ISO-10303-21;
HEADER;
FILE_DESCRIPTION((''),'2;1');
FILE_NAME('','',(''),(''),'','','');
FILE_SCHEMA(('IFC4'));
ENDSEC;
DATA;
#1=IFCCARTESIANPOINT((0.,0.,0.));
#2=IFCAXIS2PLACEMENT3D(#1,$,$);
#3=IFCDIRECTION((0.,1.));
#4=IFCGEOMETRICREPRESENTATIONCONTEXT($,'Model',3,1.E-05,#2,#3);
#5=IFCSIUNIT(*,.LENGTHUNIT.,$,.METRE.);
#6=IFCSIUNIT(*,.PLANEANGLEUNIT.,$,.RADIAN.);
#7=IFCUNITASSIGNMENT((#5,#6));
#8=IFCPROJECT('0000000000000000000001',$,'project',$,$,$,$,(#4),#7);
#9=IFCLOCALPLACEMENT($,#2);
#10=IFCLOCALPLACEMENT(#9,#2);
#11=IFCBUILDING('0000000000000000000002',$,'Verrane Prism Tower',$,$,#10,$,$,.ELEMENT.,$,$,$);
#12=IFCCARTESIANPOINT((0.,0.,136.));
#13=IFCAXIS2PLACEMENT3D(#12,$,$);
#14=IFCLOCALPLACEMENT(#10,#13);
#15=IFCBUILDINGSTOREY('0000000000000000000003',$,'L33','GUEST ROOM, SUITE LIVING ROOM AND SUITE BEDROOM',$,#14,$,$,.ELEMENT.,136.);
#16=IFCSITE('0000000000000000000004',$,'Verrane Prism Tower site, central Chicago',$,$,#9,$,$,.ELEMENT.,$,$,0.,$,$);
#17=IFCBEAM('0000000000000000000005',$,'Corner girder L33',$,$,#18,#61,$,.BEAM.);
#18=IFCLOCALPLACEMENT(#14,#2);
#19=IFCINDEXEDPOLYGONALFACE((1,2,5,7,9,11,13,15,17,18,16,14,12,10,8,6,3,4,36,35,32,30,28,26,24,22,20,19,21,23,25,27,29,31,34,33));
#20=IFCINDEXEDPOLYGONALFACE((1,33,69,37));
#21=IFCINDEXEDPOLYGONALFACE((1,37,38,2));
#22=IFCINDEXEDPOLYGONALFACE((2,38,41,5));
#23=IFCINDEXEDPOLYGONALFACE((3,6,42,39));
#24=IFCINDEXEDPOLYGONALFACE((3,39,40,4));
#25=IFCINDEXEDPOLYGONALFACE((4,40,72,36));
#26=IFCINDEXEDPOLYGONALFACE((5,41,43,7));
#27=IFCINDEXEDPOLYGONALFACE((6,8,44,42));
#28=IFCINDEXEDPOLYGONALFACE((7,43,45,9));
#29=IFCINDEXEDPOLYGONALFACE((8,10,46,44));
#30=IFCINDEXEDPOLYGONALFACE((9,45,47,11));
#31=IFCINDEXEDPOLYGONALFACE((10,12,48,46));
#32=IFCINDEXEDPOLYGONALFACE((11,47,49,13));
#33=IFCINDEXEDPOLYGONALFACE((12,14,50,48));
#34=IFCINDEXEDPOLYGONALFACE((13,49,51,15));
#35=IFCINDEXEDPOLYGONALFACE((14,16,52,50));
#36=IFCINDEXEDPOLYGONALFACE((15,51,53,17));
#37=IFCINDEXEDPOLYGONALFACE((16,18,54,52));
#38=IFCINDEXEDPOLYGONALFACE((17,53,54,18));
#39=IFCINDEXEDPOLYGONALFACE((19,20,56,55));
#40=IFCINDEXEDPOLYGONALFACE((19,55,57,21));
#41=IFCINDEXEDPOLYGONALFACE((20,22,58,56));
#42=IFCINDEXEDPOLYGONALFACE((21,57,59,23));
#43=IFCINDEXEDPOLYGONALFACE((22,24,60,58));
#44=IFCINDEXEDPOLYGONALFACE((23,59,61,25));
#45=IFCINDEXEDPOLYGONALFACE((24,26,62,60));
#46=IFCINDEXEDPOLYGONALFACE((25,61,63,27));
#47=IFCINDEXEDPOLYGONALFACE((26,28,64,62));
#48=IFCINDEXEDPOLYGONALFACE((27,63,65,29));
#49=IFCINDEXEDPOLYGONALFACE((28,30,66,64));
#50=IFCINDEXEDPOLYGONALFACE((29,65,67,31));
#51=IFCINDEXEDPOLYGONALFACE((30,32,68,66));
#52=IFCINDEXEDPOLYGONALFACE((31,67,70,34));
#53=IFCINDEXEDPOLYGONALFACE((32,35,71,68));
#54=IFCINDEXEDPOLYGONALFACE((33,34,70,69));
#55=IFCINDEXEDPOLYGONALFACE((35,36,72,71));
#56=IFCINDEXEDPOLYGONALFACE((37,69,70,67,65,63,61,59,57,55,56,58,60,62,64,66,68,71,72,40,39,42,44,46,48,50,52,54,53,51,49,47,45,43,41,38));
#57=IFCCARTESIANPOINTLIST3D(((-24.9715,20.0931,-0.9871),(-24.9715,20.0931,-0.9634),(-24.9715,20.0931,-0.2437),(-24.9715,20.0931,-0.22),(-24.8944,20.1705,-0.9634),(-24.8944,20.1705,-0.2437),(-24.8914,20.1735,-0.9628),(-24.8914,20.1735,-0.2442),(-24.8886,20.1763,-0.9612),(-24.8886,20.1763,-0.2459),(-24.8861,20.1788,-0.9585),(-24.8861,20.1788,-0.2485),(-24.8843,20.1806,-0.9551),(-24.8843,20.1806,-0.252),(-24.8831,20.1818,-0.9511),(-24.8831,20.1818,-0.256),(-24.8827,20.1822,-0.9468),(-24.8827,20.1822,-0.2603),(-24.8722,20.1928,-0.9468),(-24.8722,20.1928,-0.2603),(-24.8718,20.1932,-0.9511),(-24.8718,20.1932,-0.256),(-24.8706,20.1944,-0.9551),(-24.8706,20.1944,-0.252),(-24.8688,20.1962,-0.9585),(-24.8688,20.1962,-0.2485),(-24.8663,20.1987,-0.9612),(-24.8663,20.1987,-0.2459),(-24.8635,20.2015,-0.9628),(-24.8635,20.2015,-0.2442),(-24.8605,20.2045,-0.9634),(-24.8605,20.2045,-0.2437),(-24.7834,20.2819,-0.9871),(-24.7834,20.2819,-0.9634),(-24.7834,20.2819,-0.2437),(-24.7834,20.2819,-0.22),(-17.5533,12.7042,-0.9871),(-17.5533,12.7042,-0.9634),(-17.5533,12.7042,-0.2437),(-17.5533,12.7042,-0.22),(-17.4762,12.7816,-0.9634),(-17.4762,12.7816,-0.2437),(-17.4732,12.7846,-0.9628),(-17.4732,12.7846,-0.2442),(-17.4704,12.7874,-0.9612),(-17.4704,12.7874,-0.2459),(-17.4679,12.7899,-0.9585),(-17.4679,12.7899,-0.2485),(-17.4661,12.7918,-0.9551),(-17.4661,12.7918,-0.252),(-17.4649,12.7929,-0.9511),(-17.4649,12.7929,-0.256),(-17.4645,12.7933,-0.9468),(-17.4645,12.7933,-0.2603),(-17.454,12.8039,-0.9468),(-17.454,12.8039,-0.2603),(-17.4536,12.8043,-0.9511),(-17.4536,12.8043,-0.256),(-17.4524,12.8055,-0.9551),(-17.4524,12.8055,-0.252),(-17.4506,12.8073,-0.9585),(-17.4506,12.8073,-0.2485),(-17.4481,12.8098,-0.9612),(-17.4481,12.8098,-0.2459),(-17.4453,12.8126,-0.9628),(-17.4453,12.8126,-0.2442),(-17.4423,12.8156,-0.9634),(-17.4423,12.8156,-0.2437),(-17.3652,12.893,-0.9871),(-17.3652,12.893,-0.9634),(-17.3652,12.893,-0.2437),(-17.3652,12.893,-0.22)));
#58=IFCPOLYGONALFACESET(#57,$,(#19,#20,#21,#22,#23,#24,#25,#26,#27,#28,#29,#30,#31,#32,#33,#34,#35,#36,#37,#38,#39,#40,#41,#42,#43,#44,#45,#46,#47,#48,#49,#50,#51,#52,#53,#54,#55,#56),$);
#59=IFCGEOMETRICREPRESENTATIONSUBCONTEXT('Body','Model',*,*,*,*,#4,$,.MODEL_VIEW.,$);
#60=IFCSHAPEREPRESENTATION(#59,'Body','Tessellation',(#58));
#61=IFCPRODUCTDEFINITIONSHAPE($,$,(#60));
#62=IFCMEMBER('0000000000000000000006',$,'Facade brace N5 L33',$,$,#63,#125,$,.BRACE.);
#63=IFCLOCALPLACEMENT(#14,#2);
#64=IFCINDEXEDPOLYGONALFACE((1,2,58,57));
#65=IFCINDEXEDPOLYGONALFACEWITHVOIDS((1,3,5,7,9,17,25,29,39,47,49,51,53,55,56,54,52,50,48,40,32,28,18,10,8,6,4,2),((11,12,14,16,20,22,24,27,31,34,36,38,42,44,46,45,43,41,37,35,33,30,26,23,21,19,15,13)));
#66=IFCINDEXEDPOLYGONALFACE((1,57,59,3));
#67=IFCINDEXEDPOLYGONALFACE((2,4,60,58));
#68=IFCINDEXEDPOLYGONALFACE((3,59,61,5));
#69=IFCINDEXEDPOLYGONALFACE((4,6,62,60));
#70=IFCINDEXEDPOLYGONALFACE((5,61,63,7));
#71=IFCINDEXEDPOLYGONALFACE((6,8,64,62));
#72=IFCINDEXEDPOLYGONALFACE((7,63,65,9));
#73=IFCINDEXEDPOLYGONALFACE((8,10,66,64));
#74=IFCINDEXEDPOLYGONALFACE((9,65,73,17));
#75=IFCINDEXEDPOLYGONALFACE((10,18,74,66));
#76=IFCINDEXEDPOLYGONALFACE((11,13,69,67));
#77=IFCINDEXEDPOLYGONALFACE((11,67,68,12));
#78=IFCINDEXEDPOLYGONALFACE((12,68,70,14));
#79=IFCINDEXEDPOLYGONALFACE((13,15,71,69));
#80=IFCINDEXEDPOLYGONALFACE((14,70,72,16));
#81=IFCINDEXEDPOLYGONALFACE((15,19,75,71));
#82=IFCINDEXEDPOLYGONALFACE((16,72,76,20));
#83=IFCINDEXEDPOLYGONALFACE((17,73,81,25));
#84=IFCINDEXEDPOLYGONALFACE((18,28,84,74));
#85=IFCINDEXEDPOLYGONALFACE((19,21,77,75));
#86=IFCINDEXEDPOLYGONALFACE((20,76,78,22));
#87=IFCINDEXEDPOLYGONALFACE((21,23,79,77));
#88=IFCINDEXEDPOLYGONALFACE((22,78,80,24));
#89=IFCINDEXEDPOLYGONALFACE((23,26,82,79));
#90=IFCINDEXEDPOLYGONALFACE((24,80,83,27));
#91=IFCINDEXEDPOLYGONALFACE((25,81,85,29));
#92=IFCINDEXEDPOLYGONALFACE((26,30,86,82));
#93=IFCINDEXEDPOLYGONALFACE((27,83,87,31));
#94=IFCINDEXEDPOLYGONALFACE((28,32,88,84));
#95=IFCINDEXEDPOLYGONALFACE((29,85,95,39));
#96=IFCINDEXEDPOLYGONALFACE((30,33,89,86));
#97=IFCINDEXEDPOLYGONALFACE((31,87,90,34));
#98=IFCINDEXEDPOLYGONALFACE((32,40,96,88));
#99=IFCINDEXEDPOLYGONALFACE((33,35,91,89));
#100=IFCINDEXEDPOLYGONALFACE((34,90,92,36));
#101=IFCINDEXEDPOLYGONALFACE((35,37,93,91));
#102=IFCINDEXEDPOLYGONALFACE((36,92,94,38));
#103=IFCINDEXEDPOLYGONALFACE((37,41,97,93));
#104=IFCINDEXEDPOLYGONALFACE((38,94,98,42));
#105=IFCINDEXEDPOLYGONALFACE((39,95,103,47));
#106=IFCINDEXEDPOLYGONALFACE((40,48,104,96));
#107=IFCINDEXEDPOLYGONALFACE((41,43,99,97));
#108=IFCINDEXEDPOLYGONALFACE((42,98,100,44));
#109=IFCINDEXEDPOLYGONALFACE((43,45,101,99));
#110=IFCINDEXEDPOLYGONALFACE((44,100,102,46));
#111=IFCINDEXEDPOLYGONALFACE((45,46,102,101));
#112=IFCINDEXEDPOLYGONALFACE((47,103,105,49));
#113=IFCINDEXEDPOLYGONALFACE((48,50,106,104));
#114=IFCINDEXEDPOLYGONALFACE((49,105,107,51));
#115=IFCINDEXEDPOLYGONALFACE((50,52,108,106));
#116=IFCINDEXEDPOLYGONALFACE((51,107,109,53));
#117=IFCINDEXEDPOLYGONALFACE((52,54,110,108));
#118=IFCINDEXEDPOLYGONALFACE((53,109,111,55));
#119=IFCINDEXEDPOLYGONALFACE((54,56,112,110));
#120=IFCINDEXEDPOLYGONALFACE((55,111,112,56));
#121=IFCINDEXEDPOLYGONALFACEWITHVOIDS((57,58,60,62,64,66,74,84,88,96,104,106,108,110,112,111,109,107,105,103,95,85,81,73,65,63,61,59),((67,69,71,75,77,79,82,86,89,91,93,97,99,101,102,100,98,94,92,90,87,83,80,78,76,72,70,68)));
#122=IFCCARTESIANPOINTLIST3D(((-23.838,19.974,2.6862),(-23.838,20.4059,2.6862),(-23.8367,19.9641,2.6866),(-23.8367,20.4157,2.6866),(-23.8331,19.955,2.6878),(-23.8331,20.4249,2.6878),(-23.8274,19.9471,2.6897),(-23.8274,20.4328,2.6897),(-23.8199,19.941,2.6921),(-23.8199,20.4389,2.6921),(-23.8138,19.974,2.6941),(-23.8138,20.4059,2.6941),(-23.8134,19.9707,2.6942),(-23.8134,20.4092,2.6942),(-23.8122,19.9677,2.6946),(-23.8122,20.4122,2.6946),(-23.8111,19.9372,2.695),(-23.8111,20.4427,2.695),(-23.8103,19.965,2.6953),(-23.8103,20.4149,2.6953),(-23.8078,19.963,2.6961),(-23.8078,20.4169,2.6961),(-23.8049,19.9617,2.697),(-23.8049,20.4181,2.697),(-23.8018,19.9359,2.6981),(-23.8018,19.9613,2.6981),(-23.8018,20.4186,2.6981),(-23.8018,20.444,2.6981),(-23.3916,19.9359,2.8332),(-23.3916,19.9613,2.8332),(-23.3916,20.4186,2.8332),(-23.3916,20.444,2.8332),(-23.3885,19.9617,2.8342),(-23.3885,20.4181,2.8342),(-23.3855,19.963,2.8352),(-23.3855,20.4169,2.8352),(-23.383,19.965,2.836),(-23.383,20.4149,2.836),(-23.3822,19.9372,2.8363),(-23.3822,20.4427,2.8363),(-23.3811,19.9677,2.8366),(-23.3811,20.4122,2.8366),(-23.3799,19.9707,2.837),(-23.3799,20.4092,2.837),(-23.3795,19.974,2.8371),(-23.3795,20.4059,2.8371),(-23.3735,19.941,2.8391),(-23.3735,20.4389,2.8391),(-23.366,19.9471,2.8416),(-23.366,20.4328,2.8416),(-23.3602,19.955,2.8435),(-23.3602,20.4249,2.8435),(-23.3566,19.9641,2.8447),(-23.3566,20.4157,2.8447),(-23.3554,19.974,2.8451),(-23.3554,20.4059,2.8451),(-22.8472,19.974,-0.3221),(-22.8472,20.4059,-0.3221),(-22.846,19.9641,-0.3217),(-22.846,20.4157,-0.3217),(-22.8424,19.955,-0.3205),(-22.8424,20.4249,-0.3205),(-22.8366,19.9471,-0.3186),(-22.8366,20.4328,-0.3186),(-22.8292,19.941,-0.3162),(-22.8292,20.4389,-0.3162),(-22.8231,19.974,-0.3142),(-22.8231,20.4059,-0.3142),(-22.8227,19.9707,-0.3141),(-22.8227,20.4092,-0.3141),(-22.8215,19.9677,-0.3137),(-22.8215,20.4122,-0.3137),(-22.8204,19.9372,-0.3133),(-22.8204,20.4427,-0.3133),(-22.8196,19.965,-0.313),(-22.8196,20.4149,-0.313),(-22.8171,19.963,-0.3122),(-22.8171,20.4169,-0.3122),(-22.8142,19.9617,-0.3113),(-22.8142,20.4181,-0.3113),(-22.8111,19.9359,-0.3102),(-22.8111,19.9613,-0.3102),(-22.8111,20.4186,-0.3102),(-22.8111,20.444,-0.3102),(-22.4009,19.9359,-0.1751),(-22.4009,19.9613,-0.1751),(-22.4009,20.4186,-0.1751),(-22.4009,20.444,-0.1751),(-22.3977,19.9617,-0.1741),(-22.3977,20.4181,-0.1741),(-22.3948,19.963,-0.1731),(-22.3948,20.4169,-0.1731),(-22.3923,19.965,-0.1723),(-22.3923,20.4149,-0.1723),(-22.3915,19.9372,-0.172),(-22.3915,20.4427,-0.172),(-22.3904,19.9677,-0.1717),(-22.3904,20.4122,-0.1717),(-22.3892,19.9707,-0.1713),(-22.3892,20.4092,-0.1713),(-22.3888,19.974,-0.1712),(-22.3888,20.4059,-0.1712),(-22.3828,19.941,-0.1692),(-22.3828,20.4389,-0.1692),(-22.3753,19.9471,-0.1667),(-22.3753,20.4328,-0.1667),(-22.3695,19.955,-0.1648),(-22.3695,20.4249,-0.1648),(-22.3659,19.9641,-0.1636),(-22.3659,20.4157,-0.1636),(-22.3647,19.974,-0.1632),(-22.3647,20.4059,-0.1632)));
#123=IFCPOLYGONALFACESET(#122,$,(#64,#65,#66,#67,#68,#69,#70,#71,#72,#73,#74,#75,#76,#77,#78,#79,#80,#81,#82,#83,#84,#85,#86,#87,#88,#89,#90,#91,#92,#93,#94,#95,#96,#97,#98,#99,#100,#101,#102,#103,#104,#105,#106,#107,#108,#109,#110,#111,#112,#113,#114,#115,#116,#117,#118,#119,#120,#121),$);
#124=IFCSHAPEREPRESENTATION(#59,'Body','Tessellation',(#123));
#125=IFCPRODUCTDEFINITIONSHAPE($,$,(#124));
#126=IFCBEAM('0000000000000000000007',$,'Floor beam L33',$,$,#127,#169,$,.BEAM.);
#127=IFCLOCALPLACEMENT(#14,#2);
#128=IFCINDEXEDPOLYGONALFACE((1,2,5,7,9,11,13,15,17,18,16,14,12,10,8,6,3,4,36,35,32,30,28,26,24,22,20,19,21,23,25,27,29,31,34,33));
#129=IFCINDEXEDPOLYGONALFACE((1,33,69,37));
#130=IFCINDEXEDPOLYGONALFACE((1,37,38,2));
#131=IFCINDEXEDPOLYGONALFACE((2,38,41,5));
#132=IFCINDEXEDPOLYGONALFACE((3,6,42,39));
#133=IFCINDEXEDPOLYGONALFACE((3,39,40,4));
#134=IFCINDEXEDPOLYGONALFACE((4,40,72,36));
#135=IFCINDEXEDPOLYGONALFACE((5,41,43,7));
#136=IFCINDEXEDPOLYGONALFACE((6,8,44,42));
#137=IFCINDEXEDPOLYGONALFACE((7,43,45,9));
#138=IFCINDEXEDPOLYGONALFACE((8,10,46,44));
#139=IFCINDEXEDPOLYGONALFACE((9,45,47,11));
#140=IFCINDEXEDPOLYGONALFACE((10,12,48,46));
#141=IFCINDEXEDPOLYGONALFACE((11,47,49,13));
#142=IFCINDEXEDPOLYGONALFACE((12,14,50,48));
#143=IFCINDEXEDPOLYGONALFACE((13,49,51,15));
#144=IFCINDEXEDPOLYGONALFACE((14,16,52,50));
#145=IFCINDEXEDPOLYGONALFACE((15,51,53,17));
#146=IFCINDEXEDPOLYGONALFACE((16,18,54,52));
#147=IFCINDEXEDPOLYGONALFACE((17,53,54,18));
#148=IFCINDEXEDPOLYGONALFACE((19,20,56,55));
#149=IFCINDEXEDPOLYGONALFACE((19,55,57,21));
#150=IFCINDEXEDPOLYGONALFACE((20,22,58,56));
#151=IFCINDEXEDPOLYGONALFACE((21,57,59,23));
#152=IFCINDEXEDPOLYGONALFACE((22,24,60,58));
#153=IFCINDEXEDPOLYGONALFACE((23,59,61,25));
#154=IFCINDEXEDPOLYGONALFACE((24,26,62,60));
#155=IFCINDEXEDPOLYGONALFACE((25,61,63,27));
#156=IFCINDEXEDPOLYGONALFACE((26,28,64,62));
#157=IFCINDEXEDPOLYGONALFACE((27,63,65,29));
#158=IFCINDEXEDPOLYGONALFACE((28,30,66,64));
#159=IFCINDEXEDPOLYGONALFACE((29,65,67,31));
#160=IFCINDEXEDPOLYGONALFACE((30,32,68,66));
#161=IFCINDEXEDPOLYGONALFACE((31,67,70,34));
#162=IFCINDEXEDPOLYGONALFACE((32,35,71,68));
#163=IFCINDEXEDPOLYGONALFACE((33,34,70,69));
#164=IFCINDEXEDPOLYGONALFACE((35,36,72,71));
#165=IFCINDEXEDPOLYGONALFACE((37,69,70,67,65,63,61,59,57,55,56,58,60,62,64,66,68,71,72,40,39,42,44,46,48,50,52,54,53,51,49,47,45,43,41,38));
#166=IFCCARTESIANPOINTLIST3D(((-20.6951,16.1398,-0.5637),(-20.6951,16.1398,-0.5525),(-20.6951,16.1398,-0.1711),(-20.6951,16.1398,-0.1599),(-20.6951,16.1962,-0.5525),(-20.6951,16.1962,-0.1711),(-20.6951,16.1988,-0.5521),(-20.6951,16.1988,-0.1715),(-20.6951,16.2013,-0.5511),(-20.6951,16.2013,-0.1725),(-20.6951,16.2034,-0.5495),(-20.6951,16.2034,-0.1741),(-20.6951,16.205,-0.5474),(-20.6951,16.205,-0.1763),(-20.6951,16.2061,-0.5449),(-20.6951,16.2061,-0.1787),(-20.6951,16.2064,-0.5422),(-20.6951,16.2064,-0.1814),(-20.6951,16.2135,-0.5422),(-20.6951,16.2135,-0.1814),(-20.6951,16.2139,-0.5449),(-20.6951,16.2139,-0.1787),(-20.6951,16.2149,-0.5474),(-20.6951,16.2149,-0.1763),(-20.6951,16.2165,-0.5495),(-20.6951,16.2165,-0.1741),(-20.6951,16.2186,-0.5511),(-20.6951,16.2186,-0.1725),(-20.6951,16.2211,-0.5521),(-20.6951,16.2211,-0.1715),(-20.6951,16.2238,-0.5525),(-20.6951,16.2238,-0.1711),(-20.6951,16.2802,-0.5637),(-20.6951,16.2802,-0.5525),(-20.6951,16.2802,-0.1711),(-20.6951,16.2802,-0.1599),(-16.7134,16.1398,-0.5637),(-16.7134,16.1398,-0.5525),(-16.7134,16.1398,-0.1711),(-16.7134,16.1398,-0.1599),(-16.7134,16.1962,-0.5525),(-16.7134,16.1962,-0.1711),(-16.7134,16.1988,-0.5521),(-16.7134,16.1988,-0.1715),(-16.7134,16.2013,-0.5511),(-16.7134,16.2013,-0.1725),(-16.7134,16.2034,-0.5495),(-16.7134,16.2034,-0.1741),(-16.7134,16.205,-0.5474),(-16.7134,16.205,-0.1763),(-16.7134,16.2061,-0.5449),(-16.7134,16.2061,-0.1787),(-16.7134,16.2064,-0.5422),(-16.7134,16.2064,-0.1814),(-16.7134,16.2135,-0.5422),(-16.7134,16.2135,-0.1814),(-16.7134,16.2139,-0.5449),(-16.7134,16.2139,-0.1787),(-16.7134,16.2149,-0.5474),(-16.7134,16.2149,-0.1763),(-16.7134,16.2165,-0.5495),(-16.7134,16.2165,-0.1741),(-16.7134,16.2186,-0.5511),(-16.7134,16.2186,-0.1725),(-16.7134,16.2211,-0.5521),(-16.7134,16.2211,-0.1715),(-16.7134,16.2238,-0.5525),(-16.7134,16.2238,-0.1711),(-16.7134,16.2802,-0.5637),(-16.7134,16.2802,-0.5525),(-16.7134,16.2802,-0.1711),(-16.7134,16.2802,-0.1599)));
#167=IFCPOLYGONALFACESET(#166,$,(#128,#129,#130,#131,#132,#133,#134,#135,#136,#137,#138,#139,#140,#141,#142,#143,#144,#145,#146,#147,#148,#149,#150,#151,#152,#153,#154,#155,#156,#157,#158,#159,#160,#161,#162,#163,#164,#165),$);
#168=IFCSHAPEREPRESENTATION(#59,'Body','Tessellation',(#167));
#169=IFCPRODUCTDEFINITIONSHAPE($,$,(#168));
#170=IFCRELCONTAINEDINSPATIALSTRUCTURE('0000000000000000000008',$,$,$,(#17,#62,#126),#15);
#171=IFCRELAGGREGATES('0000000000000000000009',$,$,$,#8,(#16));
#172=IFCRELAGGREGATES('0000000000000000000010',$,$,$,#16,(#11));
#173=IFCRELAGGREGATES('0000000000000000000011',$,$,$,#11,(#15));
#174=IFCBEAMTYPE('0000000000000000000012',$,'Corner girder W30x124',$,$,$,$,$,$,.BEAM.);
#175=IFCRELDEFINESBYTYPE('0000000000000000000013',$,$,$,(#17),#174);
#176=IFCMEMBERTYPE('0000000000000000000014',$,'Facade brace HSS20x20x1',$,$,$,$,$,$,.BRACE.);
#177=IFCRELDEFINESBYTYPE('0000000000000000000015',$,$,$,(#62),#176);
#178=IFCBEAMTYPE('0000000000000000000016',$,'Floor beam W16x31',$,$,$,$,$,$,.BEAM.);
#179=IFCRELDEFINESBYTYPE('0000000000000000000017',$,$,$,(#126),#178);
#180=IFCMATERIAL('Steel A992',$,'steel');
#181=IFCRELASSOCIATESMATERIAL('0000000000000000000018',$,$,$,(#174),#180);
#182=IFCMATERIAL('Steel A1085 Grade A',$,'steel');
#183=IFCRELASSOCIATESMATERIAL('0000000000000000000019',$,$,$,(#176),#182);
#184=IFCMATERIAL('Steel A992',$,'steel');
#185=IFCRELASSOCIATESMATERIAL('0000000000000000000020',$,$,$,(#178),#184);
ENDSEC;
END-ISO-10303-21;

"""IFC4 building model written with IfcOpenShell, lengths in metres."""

from ifc_helpers import new_model, si_unit, direction, frame, origin, origin_2d, place, context, subcontext, project, spatial, hollow_rectangle, i_section, extrude, material, material_profile, profile_set, type_object, element, save


model = new_model("IFC4")

# Units and contexts
model_context = context("Model", 3, precision=1e-05, world=origin(), true_north=direction((0.0, 1.0)))
body_context = subcontext(model_context, "Body", "Model", "MODEL_VIEW")
ifc_project = project(units=[si_unit("LENGTHUNIT", "METRE"), si_unit("PLANEANGLEUNIT", "RADIAN")], contexts=[model_context])

# Site, building, storey
site_placement = place(None, origin())
site = spatial("IfcSite", under=ifc_project, at=site_placement, Name="Verrane Prism Tower site, central Chicago", CompositionType="ELEMENT", RefElevation=0.0)
building_placement = place(site_placement, origin())
building = spatial("IfcBuilding", under=site, at=building_placement, Name="Verrane Prism Tower", CompositionType="ELEMENT")
storey_placement = place(building_placement, frame((0.0, 0.0, 136.0)))
storey = spatial("IfcBuildingStorey", under=building, at=storey_placement, Name="L33", Description="GUEST ROOM, SUITE LIVING ROOM AND SUITE BEDROOM", CompositionType="ELEMENT", Elevation=136.0)

# Beam
ifc_material_1 = material(Name="Steel A992", Category="steel")
ifc_material_profile_1 = material_profile(ifc_material_1, i_section(OverallWidth=0.2666, OverallDepth=0.7671, WebThickness=0.0149, FlangeThickness=0.0237, FilletRadius=0.0166, at=origin_2d()), Name="W30x124")
ifc_profile_set_1 = profile_set([ifc_material_profile_1], Name="Steel A992")
beam_type_1 = type_object("IfcBeamType", Name="Corner girder W30x124", PredefinedType="BEAM", material=ifc_profile_set_1)
beam_1_placement = place(storey_placement, frame((-24.8774, 20.1875, -0.6035), z_axis=(0.708504, -0.705706, 0.0), x_axis=(0.705706, 0.708504, 0.0)))
element("IfcBeam", 1, at=beam_1_placement, inside=storey, type_object=beam_type_1, Name="Corner girder L33", PredefinedType="BEAM", context=body_context, shape_type="SweptSolid", body=[
    extrude(i_section(OverallWidth=0.2666, OverallDepth=0.7671, WebThickness=0.0149, FlangeThickness=0.0237, FilletRadius=0.0166, at=origin_2d()), origin(), (0.0, 0.0, 1.0), 10.4702),
])

# Member
ifc_material_2 = material(Name="Steel A1085 Grade A", Category="steel")
ifc_material_profile_2 = material_profile(ifc_material_2, hollow_rectangle(XDim=0.5081, YDim=0.5081, WallThickness=0.0254, InnerFilletRadius=0.0127, OuterFilletRadius=0.0381, at=origin_2d()), Name="HSS20x20x1")
ifc_profile_set_2 = profile_set([ifc_material_profile_2], Name="Steel A1085 Grade A")
member_type_1 = type_object("IfcMemberType", Name="Facade brace HSS20x20x1", PredefinedType="BRACE", material=ifc_profile_set_2)
member_1_placement = place(storey_placement, frame((-22.606, 20.1899, -0.2427), z_axis=(-0.312803, 0.0, 0.949818), x_axis=(0.0, -1.0, 0.0)))
element("IfcMember", 2, at=member_1_placement, inside=storey, type_object=member_type_1, Name="Facade brace N5 L33", PredefinedType="BRACE", context=body_context, shape_type="SweptSolid", body=[
    extrude(hollow_rectangle(XDim=0.5081, YDim=0.5081, WallThickness=0.0254, InnerFilletRadius=0.0127, OuterFilletRadius=0.0381, at=origin_2d()), origin(), (0.0, 0.0, 1.0), 3.1672),
])

# Beam
ifc_material_3 = material(Name="Steel A992", Category="steel")
ifc_material_profile_3 = material_profile(ifc_material_3, i_section(OverallWidth=0.1404, OverallDepth=0.4038, WebThickness=0.0071, FlangeThickness=0.0112, FilletRadius=0.0103, at=origin_2d()), Name="W16x31")
ifc_profile_set_3 = profile_set([ifc_material_profile_3], Name="Steel A992")
beam_type_2 = type_object("IfcBeamType", Name="Floor beam W16x31", PredefinedType="BEAM", material=ifc_profile_set_3)
beam_2_placement = place(storey_placement, frame((-20.6951, 16.21, -0.3618), z_axis=(1.0, 0.0, 0.0), x_axis=(0.0, 1.0, 0.0)))
element("IfcBeam", 3, at=beam_2_placement, inside=storey, type_object=beam_type_2, Name="Floor beam L33", PredefinedType="BEAM", context=body_context, shape_type="SweptSolid", body=[
    extrude(i_section(OverallWidth=0.1404, OverallDepth=0.4038, WebThickness=0.0071, FlangeThickness=0.0112, FilletRadius=0.0103, at=origin_2d()), origin(), (0.0, 0.0, 1.0), 3.9817),
])

save(model, "model.ifc")
